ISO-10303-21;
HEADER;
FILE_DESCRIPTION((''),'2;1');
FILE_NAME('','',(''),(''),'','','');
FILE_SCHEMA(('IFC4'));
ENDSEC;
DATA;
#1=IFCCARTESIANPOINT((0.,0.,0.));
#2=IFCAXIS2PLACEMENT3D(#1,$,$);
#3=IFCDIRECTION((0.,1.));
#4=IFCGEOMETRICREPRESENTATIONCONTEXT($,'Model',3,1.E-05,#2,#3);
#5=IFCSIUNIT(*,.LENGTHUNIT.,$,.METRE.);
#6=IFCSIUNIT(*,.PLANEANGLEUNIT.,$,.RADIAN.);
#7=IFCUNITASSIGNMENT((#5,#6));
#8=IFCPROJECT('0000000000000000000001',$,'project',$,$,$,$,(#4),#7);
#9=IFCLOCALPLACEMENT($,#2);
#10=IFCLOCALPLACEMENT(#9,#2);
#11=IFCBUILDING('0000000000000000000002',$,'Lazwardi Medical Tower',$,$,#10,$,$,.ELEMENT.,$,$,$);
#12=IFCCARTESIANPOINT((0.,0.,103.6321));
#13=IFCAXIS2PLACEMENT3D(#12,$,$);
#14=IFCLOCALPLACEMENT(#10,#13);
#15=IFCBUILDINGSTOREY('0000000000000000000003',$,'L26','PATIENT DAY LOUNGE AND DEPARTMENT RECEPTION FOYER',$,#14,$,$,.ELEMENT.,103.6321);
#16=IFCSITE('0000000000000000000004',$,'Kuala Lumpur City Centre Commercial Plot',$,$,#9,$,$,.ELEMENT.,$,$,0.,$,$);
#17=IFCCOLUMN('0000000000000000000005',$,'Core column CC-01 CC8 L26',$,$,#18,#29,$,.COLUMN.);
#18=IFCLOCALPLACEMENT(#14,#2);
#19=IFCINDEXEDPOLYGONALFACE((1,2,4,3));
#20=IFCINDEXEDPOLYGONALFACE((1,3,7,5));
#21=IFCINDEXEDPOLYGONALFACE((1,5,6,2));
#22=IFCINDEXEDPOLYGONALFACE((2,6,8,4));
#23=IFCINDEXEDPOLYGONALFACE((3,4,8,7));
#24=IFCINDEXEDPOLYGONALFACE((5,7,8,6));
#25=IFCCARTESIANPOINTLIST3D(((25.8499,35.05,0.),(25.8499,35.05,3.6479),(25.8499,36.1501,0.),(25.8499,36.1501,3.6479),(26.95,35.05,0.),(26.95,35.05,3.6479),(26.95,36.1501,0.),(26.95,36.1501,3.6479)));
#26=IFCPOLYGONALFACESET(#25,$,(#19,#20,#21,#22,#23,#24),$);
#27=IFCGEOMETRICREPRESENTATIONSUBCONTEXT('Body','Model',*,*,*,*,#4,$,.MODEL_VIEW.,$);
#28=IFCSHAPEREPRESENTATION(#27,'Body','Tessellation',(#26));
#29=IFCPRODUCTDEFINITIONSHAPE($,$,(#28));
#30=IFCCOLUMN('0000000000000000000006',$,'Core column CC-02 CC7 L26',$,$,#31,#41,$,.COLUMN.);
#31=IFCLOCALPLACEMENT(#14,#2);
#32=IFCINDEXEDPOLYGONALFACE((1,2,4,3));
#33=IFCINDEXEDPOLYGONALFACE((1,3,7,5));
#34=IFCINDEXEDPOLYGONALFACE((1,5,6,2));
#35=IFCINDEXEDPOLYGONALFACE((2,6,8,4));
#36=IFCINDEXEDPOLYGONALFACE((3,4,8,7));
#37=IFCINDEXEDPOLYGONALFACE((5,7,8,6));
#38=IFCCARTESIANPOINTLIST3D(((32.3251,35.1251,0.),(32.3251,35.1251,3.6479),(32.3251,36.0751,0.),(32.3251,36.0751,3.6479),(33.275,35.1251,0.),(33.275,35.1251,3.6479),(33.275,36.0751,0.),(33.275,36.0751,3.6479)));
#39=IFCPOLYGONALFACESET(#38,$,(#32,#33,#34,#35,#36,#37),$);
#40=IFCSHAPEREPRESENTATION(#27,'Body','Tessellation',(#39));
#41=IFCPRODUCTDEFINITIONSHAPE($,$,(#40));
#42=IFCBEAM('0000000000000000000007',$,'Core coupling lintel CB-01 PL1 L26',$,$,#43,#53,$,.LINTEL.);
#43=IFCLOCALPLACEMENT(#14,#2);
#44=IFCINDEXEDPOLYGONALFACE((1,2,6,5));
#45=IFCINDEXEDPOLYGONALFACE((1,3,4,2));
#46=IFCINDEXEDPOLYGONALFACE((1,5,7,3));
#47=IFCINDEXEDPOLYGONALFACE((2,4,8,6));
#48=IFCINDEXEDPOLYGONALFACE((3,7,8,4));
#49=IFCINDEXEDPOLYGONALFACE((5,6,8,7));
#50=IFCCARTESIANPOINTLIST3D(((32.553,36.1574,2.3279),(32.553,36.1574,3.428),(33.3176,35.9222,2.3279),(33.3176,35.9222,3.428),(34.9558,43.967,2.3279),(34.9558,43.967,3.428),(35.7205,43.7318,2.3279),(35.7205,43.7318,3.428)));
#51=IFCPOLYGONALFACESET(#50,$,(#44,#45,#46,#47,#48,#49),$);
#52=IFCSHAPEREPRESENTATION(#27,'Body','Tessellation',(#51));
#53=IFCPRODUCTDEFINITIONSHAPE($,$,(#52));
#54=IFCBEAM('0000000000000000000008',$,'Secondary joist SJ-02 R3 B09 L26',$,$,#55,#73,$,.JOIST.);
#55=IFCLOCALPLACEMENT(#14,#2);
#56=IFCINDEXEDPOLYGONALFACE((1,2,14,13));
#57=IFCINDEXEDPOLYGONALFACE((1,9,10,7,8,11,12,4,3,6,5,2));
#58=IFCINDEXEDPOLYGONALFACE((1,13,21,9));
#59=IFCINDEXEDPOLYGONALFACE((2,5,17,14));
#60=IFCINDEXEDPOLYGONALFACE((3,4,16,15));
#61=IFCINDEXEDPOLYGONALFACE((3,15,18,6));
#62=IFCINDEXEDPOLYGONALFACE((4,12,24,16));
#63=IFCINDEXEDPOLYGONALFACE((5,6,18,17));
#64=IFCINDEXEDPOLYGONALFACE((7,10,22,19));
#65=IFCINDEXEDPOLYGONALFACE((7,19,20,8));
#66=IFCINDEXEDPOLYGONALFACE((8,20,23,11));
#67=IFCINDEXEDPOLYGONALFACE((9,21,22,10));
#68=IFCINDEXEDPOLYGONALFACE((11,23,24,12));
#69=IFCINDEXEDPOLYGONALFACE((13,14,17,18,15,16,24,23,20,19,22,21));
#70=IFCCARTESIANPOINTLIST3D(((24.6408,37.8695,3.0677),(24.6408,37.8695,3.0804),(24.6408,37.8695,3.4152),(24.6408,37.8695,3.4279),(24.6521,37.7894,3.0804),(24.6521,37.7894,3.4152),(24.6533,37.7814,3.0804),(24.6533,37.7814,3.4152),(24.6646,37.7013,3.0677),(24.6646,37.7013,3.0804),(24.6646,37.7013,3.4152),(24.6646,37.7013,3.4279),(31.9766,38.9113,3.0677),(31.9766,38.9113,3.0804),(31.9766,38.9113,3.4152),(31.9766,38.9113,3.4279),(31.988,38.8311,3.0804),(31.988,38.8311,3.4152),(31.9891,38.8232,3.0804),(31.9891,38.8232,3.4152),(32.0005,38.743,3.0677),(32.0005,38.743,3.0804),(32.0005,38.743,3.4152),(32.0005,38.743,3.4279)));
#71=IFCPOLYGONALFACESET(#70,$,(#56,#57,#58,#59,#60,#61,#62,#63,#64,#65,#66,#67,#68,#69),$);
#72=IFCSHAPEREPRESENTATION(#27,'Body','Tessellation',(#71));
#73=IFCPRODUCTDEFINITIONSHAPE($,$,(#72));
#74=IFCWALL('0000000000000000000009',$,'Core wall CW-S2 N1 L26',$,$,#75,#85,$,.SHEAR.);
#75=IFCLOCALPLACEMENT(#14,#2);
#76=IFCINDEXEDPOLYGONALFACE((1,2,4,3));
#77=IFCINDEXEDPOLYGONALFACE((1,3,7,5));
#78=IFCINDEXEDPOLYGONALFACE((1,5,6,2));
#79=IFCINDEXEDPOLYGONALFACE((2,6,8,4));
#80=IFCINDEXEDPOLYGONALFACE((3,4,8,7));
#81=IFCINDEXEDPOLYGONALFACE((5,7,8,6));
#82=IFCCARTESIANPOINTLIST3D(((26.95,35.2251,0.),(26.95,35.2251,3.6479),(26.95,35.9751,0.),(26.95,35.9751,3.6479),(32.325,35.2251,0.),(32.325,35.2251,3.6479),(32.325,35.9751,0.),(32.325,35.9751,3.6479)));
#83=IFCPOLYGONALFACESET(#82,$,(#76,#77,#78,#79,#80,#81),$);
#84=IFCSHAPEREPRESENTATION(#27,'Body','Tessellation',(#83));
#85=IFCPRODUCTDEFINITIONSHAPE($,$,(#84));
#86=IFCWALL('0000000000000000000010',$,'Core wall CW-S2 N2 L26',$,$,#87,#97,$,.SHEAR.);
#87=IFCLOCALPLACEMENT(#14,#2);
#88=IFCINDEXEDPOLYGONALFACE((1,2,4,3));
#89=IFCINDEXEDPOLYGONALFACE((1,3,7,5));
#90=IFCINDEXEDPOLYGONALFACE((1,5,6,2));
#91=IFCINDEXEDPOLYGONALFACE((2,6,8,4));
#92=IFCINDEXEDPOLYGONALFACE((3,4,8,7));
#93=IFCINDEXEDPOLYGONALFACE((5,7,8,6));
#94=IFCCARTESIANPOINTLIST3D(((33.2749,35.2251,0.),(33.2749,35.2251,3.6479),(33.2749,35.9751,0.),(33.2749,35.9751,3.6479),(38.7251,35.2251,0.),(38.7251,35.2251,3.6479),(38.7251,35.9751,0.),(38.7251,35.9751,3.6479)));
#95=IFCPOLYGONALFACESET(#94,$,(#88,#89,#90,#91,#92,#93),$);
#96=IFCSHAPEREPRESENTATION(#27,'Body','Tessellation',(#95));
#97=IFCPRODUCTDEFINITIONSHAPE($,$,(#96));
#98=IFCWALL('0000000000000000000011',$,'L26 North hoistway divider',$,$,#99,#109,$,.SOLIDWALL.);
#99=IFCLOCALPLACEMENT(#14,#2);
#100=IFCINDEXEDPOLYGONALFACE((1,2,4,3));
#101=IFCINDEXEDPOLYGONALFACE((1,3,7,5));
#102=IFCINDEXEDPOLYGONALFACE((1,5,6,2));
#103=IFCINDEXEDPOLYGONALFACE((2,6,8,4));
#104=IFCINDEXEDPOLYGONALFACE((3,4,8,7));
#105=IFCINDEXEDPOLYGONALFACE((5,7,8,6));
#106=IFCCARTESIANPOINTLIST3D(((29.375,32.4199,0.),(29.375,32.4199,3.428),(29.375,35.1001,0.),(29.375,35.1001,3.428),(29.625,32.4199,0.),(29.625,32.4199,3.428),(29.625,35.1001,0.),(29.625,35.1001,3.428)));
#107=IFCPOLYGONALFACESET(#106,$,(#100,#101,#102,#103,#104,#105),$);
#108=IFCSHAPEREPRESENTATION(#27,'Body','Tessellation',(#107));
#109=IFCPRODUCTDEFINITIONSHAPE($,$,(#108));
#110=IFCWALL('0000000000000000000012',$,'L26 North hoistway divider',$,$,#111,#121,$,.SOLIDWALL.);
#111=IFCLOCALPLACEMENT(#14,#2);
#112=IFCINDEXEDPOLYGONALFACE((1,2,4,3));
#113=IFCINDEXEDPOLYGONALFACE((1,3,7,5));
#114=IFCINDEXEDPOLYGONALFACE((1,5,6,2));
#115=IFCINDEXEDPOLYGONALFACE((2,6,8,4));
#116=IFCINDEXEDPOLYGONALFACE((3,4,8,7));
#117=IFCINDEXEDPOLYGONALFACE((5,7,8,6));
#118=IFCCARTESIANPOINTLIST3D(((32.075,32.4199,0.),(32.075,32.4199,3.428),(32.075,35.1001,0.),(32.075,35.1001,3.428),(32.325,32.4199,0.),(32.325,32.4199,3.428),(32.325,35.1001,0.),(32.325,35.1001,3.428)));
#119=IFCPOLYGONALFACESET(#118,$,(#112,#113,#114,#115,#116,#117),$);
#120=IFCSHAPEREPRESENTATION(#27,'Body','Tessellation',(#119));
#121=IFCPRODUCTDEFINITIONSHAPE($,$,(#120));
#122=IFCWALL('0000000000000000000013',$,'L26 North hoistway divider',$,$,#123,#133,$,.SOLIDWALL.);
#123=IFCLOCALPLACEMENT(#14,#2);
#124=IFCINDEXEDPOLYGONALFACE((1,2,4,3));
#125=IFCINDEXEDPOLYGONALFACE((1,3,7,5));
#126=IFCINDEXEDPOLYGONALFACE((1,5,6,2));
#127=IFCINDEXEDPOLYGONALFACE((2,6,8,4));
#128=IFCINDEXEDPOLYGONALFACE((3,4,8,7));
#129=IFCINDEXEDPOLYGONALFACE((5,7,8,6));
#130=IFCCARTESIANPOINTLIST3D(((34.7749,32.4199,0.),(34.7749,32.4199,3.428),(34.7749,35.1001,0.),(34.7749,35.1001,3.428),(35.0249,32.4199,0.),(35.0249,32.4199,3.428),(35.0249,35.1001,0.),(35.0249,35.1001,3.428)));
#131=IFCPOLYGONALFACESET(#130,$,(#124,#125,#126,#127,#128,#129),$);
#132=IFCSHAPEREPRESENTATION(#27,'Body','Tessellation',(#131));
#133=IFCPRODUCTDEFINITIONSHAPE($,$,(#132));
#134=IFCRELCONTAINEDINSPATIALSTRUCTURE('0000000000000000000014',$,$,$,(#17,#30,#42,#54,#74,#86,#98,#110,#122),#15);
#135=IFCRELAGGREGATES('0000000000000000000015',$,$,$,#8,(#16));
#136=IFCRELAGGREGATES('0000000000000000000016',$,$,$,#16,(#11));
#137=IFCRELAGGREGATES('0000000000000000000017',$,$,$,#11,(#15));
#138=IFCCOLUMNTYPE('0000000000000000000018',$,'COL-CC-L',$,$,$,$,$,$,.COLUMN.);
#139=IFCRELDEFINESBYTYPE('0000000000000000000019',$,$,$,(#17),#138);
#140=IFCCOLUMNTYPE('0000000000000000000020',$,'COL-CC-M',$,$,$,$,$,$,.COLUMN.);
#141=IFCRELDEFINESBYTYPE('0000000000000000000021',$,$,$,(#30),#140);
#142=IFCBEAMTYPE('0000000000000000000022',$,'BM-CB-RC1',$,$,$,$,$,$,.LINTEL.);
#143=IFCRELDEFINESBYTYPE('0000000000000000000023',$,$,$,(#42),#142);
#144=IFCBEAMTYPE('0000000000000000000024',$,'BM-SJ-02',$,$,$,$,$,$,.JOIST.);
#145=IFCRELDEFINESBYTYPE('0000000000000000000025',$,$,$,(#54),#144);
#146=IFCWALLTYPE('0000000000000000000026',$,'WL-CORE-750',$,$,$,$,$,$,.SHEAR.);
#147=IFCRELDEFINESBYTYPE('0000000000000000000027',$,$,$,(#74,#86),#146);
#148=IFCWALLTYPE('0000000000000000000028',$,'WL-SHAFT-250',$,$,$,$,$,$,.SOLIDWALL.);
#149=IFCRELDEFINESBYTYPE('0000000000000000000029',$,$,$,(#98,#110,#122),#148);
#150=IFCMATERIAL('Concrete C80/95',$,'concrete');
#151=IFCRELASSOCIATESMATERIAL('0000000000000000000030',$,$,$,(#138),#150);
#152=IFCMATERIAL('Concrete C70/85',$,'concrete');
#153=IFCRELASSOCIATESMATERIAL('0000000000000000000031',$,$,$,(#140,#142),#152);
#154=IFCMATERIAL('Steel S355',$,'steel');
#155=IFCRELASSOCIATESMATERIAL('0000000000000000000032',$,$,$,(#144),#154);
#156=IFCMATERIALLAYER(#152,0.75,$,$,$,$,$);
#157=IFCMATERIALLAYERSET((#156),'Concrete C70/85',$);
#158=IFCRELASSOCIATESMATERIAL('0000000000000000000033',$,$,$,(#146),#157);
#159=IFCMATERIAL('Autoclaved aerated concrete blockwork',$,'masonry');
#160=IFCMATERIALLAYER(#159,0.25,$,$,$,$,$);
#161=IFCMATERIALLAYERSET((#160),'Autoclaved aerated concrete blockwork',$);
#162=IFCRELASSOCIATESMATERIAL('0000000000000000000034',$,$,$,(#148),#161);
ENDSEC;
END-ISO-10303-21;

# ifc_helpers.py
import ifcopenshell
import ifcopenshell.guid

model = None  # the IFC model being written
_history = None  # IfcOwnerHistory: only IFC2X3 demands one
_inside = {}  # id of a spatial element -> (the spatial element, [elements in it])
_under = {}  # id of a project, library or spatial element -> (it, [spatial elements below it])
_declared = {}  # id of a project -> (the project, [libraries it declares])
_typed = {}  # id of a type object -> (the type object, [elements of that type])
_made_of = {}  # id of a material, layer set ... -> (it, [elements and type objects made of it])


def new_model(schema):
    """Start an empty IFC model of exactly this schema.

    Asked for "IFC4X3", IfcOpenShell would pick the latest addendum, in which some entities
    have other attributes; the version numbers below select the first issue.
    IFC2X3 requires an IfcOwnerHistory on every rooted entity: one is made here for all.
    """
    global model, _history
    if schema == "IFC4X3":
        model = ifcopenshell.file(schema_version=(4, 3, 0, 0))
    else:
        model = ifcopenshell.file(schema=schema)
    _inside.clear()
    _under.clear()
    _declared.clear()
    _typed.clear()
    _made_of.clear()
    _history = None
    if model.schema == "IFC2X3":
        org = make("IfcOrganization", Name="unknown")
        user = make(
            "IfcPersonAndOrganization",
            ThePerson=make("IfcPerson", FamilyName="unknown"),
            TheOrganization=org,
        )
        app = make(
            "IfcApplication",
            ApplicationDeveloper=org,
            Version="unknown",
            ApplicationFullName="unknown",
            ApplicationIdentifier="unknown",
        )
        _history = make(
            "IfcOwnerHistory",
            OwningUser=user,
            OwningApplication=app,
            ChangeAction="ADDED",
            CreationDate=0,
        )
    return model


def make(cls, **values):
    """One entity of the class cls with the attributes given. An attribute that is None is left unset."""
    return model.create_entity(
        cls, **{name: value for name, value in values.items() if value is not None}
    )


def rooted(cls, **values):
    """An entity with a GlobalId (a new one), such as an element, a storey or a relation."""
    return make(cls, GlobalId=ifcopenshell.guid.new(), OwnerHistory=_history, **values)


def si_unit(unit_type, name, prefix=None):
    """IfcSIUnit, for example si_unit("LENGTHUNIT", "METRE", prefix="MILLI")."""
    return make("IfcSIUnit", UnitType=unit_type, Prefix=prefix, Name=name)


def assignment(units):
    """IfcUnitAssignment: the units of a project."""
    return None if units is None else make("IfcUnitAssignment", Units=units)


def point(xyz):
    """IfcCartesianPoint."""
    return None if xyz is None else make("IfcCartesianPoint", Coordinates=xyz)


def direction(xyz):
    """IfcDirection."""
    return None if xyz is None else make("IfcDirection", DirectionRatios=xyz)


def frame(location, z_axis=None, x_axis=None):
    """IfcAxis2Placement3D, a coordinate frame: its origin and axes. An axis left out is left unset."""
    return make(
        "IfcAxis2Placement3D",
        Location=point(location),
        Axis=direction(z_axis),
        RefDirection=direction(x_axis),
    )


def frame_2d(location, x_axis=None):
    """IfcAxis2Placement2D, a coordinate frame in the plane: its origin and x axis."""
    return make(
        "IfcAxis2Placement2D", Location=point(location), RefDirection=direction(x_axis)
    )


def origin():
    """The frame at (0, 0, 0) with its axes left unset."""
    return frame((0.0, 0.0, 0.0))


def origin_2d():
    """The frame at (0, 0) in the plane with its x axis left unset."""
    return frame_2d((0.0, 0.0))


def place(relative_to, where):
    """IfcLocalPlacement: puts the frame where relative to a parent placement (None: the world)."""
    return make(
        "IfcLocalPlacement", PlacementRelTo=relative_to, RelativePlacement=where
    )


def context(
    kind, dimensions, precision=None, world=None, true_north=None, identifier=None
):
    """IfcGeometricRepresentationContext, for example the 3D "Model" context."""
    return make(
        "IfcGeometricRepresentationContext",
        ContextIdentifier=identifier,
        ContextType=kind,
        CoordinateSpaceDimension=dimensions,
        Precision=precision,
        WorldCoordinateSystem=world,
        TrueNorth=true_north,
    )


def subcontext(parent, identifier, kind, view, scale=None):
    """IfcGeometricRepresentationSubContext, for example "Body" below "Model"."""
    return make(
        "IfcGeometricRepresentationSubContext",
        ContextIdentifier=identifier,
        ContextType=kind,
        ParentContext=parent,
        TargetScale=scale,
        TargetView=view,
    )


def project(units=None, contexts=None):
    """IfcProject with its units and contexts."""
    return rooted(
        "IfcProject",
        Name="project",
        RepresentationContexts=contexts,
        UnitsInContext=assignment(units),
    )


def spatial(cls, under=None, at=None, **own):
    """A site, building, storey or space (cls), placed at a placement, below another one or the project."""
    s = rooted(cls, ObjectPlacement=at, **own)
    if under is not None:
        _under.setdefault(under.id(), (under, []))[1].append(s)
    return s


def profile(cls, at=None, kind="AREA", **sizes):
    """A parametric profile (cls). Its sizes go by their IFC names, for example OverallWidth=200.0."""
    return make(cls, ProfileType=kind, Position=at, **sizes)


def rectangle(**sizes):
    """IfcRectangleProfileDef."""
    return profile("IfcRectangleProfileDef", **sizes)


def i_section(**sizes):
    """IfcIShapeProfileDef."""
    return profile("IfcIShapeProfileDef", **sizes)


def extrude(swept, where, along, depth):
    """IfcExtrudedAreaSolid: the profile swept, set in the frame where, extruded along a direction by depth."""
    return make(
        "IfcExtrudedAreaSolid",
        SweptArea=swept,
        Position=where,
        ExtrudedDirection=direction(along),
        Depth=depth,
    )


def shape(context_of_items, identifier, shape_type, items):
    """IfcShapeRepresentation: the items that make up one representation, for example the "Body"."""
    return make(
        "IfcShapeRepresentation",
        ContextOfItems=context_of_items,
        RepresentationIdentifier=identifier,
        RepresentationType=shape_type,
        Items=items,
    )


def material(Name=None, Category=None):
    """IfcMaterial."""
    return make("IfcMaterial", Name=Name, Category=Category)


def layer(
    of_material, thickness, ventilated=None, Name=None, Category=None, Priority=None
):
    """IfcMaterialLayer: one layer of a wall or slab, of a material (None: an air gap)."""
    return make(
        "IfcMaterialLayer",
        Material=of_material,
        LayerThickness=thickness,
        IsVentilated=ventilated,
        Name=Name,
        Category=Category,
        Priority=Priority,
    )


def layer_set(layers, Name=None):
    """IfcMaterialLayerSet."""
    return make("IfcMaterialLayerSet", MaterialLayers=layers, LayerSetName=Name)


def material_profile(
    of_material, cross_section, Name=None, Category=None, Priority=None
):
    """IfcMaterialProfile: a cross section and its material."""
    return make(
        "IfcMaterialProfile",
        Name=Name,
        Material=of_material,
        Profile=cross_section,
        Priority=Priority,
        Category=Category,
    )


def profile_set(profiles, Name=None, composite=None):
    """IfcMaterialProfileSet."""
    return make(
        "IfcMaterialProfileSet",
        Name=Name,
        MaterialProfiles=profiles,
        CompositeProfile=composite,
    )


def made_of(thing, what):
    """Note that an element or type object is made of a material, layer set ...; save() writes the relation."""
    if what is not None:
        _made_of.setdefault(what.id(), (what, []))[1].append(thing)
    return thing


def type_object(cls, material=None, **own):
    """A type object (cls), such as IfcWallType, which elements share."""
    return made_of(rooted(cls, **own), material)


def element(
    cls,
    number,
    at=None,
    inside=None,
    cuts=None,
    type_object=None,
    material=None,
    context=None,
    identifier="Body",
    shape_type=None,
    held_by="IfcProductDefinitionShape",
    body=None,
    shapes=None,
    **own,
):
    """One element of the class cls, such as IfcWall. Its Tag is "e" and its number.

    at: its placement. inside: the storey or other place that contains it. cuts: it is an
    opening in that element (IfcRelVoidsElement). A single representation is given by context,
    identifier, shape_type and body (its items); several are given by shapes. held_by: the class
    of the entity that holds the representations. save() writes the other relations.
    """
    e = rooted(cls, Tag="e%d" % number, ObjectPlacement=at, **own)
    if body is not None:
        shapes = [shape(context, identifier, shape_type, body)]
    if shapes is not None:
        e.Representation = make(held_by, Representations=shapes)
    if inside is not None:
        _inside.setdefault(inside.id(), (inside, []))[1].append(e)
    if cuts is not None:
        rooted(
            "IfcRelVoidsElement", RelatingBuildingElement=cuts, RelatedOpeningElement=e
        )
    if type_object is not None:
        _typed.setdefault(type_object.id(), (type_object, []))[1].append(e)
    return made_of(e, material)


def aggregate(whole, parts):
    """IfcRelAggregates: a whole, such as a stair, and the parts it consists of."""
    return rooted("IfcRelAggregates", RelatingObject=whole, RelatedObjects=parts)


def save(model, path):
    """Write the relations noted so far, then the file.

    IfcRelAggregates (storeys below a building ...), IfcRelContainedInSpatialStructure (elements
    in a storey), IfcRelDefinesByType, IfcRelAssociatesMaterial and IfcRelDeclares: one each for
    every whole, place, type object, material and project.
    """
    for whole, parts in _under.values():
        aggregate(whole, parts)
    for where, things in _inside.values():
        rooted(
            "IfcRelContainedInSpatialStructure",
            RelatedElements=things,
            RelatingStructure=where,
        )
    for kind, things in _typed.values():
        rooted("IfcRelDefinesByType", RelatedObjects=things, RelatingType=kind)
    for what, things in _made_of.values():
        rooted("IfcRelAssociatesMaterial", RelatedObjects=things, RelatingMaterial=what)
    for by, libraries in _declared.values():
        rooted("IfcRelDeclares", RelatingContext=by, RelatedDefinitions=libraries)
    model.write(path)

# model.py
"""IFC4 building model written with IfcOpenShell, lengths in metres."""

from ifc_helpers import new_model, si_unit, direction, frame, frame_2d, origin, origin_2d, place, context, subcontext, project, spatial, rectangle, i_section, extrude, material, layer, layer_set, material_profile, profile_set, type_object, element, save


model = new_model("IFC4")

# Units and contexts
model_context = context("Model", 3, precision=1e-05, world=origin(), true_north=direction((0.0, 1.0)))
body_context = subcontext(model_context, "Body", "Model", "MODEL_VIEW")
ifc_project = project(units=[si_unit("LENGTHUNIT", "METRE"), si_unit("PLANEANGLEUNIT", "RADIAN")], contexts=[model_context])

# Site, building, storey
site_placement = place(None, origin())
site = spatial("IfcSite", under=ifc_project, at=site_placement, Name="Kuala Lumpur City Centre Commercial Plot", CompositionType="ELEMENT", RefElevation=0.0)
building_placement = place(site_placement, origin())
building = spatial("IfcBuilding", under=site, at=building_placement, Name="Lazwardi Medical Tower", CompositionType="ELEMENT")
storey_placement = place(building_placement, frame((0.0, 0.0, 103.6321)))
storey = spatial("IfcBuildingStorey", under=building, at=storey_placement, Name="L26", Description="PATIENT DAY LOUNGE AND DEPARTMENT RECEPTION FOYER", CompositionType="ELEMENT", Elevation=103.6321)

# Columns
ifc_material_1 = material(Name="Concrete C80/95", Category="concrete")
ifc_material_profile_1 = material_profile(ifc_material_1, rectangle(XDim=1.1001, YDim=1.1001, at=origin_2d()), Name="RC 1100x1100")
ifc_profile_set_1 = profile_set([ifc_material_profile_1], Name="Concrete C80/95")
column_type_1 = type_object("IfcColumnType", Name="COL-CC-L", PredefinedType="COLUMN", material=ifc_profile_set_1)
column_1_placement = place(storey_placement, frame((26.3999, 35.6001, 0.0), z_axis=(0.0, 0.0, 1.0), x_axis=(1.0, 0.0, 0.0)))
element("IfcColumn", 1, at=column_1_placement, inside=storey, type_object=column_type_1, Name="Core column CC-01 CC8 L26", PredefinedType="COLUMN", context=body_context, shape_type="SweptSolid", body=[
    extrude(rectangle(XDim=1.1001, YDim=1.1001, at=origin_2d()), origin(), (0.0, 0.0, 1.0), 3.6479),
])
ifc_material_2 = material(Name="Concrete C70/85", Category="concrete")
ifc_material_profile_2 = material_profile(ifc_material_2, rectangle(XDim=0.95, YDim=0.95, at=origin_2d()), Name="RC 950x950")
ifc_profile_set_2 = profile_set([ifc_material_profile_2], Name="Concrete C70/85")
column_type_2 = type_object("IfcColumnType", Name="COL-CC-M", PredefinedType="COLUMN", material=ifc_profile_set_2)
column_2_placement = place(storey_placement, frame((32.8, 35.6001, 0.0), z_axis=(0.0, 0.0, 1.0), x_axis=(1.0, 0.0, 0.0)))
element("IfcColumn", 2, at=column_2_placement, inside=storey, type_object=column_type_2, Name="Core column CC-02 CC7 L26", PredefinedType="COLUMN", context=body_context, shape_type="SweptSolid", body=[
    extrude(rectangle(XDim=0.95, YDim=0.95, at=origin_2d()), origin(), (0.0, 0.0, 1.0), 3.6479),
])

# Beams
ifc_material_profile_3 = material_profile(ifc_material_2, rectangle(XDim=0.8, YDim=1.1001, at=origin_2d()), Name="RC 800x1100")
ifc_profile_set_3 = profile_set([ifc_material_profile_3], Name="Concrete C70/85")
beam_type_1 = type_object("IfcBeamType", Name="BM-CB-RC1", PredefinedType="LINTEL", material=ifc_profile_set_3)
beam_1_placement = place(storey_placement, frame((32.9353, 36.0398, 2.8779), z_axis=(0.294073, 0.955783, 0.0), x_axis=(-0.955783, 0.294073, 0.0)))
element("IfcBeam", 3, at=beam_1_placement, inside=storey, type_object=beam_type_1, Name="Core coupling lintel CB-01 PL1 L26", PredefinedType="LINTEL", context=body_context, shape_type="SweptSolid", body=[
    extrude(rectangle(XDim=0.8, YDim=1.1001, at=origin_2d()), origin(), (0.0, 0.0, 1.0), 8.1709),
])
ifc_material_3 = material(Name="Steel S355", Category="steel")
ifc_material_profile_4 = material_profile(ifc_material_3, i_section(OverallWidth=0.1699, OverallDepth=0.3601, WebThickness=0.0081, FlangeThickness=0.0127, at=origin_2d()), Name="IPE 360")
ifc_profile_set_4 = profile_set([ifc_material_profile_4], Name="Steel S355")
beam_type_2 = type_object("IfcBeamType", Name="BM-SJ-02", PredefinedType="JOIST", material=ifc_profile_set_4)
beam_2_placement = place(storey_placement, frame((31.9885, 38.8271, 3.2478), z_axis=(-0.990067, -0.140596, 0.0), x_axis=(0.140596, -0.990067, 0.0)))
element("IfcBeam", 4, at=beam_2_placement, inside=storey, type_object=beam_type_2, Name="Secondary joist SJ-02 R3 B09 L26", PredefinedType="JOIST", context=body_context, shape_type="SweptSolid", body=[
    extrude(i_section(OverallWidth=0.1699, OverallDepth=0.3601, WebThickness=0.0081, FlangeThickness=0.0127, at=origin_2d()), origin(), (0.0, 0.0, 1.0), 7.4094),
])

# Walls
ifc_layer_1 = layer(ifc_material_2, 0.75)
ifc_layer_set_1 = layer_set([ifc_layer_1], Name="Concrete C70/85")
wall_type_1 = type_object("IfcWallType", Name="WL-CORE-750", PredefinedType="SHEAR", material=ifc_layer_set_1)
wall_1_placement = place(storey_placement, frame((26.95, 35.6001, 0.0), z_axis=(0.0, 0.0, 1.0), x_axis=(1.0, 0.0, 0.0)))
element("IfcWall", 5, at=wall_1_placement, inside=storey, type_object=wall_type_1, Name="Core wall CW-S2 N1 L26", PredefinedType="SHEAR", context=body_context, shape_type="SweptSolid", body=[
    extrude(rectangle(XDim=5.375, YDim=0.75, at=frame_2d((2.6875, 0.0))), origin(), (0.0, 0.0, 1.0), 3.6479),
])
wall_2_placement = place(storey_placement, frame((33.2749, 35.6001, 0.0), z_axis=(0.0, 0.0, 1.0), x_axis=(1.0, 0.0, 0.0)))
element("IfcWall", 6, at=wall_2_placement, inside=storey, type_object=wall_type_1, Name="Core wall CW-S2 N2 L26", PredefinedType="SHEAR", context=body_context, shape_type="SweptSolid", body=[
    extrude(rectangle(XDim=5.4502, YDim=0.75, at=frame_2d((2.7251, 0.0))), origin(), (0.0, 0.0, 1.0), 3.6479),
])
ifc_material_4 = material(Name="Autoclaved aerated concrete blockwork", Category="masonry")
ifc_layer_2 = layer(ifc_material_4, 0.25)
ifc_layer_set_2 = layer_set([ifc_layer_2], Name="Autoclaved aerated concrete blockwork")
wall_type_2 = type_object("IfcWallType", Name="WL-SHAFT-250", PredefinedType="SOLIDWALL", material=ifc_layer_set_2)
for number, where, z_axis, x_axis, name in (
    (7, (29.5, 32.4199, 0.0), (0.0, 0.0, 1.0), (0.0, 1.0, 0.0), "L26 North hoistway divider"),
    (8, (32.2, 32.4199, 0.0), (0.0, 0.0, 1.0), (0.0, 1.0, 0.0), "L26 North hoistway divider"),
    (9, (34.8999, 32.4199, 0.0), (0.0, 0.0, 1.0), (0.0, 1.0, 0.0), "L26 North hoistway divider"),
):
    element("IfcWall", number, at=place(storey_placement, frame(where, z_axis=z_axis, x_axis=x_axis)), inside=storey, type_object=wall_type_2, Name=name, PredefinedType="SOLIDWALL", context=body_context, shape_type="SweptSolid", body=[
        extrude(rectangle(XDim=2.6802, YDim=0.25, at=frame_2d((1.3401, 0.0))), origin(), (0.0, 0.0, 1.0), 3.428),
    ])

save(model, "model.ifc")
